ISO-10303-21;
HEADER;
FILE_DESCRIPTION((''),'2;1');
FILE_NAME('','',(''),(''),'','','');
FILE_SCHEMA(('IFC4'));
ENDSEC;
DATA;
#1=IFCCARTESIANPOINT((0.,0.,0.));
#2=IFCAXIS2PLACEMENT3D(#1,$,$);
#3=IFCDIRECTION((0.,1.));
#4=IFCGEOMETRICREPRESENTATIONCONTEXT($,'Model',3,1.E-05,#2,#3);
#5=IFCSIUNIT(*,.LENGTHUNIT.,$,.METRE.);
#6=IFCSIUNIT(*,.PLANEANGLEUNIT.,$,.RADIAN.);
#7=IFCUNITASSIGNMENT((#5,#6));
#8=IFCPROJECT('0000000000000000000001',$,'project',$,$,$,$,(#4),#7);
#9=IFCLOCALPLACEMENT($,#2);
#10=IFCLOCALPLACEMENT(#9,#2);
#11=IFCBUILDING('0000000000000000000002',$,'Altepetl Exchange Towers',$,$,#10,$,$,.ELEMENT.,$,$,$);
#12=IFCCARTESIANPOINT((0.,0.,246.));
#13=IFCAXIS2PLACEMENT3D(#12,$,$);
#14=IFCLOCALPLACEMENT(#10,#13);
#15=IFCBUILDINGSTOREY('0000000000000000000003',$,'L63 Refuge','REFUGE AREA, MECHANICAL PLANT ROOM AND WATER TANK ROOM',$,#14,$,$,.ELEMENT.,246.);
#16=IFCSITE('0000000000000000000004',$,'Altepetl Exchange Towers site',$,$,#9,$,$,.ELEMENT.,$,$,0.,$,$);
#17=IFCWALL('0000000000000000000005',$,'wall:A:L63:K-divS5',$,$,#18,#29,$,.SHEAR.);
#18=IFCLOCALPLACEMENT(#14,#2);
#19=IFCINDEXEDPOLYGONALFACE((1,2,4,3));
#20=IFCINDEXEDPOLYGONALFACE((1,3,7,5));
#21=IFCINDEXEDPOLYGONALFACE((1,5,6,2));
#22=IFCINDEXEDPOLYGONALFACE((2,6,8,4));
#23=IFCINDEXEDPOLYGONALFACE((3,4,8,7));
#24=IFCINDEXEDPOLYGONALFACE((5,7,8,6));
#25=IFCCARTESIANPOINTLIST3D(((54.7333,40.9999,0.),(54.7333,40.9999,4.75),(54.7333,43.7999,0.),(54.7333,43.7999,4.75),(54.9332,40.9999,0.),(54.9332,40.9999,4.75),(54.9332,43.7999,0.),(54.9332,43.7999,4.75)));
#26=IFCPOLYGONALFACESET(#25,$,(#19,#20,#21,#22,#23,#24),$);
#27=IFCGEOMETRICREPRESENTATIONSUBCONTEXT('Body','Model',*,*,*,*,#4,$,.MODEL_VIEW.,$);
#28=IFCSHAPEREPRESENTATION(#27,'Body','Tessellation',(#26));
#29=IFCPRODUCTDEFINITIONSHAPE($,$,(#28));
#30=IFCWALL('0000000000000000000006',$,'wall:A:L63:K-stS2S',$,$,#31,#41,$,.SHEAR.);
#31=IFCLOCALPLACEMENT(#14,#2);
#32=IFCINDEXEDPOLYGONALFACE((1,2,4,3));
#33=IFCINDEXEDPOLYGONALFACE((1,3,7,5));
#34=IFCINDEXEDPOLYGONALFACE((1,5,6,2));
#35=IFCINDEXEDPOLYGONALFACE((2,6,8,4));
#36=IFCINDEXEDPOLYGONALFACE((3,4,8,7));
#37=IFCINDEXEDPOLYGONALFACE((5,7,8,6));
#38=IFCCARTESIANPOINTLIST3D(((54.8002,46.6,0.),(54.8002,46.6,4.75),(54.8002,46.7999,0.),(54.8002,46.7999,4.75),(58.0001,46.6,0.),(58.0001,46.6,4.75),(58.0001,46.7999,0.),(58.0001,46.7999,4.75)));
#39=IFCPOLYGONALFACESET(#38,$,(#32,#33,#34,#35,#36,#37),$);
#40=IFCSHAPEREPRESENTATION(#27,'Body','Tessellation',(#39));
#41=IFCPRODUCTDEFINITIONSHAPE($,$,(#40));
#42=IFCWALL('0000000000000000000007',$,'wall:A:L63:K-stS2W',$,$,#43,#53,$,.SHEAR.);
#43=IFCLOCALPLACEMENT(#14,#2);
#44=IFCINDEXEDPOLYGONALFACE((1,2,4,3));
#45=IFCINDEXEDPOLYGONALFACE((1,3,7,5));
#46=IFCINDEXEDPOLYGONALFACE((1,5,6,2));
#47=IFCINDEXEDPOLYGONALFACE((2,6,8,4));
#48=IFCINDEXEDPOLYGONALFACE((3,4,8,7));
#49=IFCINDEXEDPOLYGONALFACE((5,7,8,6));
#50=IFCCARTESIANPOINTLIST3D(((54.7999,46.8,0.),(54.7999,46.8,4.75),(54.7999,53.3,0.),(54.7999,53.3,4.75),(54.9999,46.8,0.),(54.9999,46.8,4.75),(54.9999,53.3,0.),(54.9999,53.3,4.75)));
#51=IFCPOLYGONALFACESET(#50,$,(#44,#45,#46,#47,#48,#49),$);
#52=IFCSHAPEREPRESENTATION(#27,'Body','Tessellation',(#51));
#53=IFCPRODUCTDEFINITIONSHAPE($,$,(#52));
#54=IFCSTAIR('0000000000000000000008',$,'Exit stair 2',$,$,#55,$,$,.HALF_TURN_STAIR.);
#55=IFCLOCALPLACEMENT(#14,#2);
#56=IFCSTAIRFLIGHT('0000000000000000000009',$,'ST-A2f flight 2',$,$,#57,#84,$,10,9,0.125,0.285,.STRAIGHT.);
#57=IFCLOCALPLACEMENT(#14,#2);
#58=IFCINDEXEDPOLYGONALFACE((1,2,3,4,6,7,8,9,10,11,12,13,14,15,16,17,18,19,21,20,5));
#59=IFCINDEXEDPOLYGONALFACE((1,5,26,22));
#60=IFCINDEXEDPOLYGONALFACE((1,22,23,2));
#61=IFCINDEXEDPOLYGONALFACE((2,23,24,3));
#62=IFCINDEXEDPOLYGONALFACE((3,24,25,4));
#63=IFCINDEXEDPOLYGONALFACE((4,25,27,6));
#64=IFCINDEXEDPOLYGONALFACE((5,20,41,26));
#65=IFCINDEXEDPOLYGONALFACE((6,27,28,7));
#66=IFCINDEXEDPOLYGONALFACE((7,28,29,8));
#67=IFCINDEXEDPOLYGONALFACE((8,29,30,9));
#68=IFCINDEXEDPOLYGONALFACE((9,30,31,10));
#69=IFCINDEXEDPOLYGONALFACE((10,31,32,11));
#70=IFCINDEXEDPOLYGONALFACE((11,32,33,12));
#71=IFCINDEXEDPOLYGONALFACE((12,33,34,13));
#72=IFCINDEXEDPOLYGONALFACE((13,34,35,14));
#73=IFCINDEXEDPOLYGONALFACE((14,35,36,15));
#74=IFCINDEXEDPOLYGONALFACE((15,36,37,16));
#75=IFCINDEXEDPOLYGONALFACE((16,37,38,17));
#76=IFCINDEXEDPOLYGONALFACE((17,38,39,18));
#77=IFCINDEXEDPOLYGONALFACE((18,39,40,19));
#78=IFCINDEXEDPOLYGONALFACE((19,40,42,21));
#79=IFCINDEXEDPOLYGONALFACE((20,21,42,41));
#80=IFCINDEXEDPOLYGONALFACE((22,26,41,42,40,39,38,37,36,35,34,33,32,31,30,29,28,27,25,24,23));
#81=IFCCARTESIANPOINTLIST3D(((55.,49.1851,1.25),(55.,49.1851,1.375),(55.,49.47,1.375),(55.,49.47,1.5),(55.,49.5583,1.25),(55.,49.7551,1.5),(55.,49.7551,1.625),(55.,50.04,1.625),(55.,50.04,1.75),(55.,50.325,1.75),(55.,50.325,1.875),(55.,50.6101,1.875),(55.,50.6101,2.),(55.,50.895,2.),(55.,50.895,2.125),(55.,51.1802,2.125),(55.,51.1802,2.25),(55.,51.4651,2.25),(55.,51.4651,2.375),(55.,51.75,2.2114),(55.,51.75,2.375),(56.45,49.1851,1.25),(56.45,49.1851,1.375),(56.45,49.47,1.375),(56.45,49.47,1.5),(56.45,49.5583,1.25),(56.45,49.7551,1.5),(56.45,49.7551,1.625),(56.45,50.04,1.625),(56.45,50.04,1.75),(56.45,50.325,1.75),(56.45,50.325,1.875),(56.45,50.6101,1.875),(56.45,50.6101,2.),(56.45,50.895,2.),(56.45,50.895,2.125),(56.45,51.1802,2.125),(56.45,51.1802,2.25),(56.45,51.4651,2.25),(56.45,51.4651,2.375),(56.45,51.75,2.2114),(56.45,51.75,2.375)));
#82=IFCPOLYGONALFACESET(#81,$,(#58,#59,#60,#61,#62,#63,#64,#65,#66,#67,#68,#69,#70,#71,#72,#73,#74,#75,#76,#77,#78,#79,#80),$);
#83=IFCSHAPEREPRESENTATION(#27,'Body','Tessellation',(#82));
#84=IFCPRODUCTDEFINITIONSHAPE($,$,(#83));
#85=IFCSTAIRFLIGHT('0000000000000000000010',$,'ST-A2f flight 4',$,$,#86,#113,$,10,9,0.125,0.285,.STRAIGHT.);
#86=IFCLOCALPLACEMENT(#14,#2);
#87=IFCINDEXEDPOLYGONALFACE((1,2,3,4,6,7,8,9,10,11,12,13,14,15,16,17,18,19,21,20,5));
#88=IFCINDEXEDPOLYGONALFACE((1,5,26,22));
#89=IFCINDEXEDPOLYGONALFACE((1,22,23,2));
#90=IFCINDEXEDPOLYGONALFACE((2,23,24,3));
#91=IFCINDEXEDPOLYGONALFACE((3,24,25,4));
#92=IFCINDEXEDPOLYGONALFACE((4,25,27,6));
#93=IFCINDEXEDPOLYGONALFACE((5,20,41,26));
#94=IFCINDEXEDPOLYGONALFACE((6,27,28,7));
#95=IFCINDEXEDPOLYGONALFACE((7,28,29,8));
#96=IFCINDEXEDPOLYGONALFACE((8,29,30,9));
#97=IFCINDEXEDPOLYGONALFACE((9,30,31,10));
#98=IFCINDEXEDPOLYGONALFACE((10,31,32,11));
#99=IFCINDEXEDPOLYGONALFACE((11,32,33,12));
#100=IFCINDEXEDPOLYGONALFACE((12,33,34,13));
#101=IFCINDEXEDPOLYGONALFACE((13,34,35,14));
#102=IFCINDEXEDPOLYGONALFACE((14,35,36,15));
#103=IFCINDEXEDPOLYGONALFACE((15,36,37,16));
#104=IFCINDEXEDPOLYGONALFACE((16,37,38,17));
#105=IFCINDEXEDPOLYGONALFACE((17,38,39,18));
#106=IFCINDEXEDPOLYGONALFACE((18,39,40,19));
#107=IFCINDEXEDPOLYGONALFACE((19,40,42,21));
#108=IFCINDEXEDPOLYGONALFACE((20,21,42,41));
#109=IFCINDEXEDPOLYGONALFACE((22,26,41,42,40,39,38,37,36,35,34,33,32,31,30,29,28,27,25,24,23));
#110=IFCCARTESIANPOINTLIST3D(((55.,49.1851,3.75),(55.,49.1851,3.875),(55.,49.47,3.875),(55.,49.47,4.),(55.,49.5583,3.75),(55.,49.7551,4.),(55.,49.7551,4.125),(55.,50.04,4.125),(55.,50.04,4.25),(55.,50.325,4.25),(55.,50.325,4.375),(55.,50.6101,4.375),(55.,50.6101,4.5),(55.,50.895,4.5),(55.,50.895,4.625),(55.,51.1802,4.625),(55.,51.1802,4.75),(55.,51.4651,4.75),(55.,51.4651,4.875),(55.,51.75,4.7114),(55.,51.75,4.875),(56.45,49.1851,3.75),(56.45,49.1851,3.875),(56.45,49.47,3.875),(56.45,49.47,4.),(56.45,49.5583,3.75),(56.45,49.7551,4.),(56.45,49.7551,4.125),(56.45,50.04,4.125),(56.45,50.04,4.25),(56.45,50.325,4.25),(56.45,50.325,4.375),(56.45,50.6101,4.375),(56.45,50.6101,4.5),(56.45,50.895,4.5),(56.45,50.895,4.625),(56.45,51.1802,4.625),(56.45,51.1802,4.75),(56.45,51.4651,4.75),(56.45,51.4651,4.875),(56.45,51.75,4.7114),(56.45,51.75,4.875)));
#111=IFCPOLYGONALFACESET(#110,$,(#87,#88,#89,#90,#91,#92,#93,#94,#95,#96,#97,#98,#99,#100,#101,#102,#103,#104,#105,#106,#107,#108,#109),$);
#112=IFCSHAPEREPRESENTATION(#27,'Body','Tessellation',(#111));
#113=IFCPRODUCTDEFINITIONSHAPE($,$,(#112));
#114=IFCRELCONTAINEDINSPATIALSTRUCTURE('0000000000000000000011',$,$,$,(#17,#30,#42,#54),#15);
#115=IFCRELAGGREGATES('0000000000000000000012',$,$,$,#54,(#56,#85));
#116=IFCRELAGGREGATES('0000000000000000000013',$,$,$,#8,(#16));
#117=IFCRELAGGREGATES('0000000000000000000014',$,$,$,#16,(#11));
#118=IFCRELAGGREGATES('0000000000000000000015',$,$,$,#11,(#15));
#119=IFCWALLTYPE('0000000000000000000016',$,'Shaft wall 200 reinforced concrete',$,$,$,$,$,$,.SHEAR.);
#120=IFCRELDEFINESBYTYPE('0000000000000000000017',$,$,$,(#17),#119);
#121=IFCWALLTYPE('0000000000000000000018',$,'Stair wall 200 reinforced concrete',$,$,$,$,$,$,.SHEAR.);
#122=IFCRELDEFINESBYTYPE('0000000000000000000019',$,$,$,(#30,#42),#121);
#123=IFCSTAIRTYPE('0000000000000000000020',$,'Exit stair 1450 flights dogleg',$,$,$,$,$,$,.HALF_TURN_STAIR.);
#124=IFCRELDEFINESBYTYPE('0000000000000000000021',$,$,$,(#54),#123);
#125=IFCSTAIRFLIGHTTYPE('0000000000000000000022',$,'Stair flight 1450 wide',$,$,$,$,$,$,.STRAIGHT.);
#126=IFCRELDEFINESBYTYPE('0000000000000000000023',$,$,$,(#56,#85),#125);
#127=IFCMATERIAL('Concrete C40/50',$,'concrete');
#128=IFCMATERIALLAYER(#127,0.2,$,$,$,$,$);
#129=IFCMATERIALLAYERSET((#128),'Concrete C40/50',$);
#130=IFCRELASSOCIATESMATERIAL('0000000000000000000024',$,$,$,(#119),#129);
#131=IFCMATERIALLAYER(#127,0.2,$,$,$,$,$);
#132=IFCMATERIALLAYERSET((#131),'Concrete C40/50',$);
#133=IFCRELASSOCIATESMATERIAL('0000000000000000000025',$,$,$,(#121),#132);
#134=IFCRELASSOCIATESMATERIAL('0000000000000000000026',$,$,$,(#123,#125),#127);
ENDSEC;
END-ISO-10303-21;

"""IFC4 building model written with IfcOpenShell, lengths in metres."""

from ifc_helpers import new_model, si_unit, direction, frame, frame_2d, origin, place, context, subcontext, project, spatial, polyline, rectangle, outline, extrude, material, layer, layer_set, type_object, element, aggregate, save


model = new_model("IFC4")

# Units and contexts
model_context = context("Model", 3, precision=1e-05, world=origin(), true_north=direction((0.0, 1.0)))
body_context = subcontext(model_context, "Body", "Model", "MODEL_VIEW")
ifc_project = project(units=[si_unit("LENGTHUNIT", "METRE"), si_unit("PLANEANGLEUNIT", "RADIAN")], contexts=[model_context])

# Site, building, storey
site_placement = place(None, origin())
site = spatial("IfcSite", under=ifc_project, at=site_placement, Name="Altepetl Exchange Towers site", CompositionType="ELEMENT", RefElevation=0.0)
building_placement = place(site_placement, origin())
building = spatial("IfcBuilding", under=site, at=building_placement, Name="Altepetl Exchange Towers", CompositionType="ELEMENT")
storey_placement = place(building_placement, frame((0.0, 0.0, 246.0)))
storey = spatial("IfcBuildingStorey", under=building, at=storey_placement, Name="L63 Refuge", Description="REFUGE AREA, MECHANICAL PLANT ROOM AND WATER TANK ROOM", CompositionType="ELEMENT", Elevation=246.0)

# Walls
ifc_material_1 = material(Name="Concrete C40/50", Category="concrete")
ifc_layer_1 = layer(ifc_material_1, 0.2)
ifc_layer_set_1 = layer_set([ifc_layer_1], Name="Concrete C40/50")
wall_type_1 = type_object("IfcWallType", Name="Shaft wall 200 reinforced concrete", PredefinedType="SHEAR", material=ifc_layer_set_1)
wall_1_placement = place(storey_placement, frame((54.8333, 41.0, 0.0), z_axis=(0.0, 0.0, 1.0), x_axis=(0.0, 1.0, 0.0)))
element("IfcWall", 1, at=wall_1_placement, inside=storey, type_object=wall_type_1, Name="wall:A:L63:K-divS5", PredefinedType="SHEAR", context=body_context, shape_type="SweptSolid", body=[
    extrude(rectangle(XDim=2.8, YDim=0.2, at=frame_2d((1.3999, 0.0))), origin(), (0.0, 0.0, 1.0), 4.75),
])
ifc_layer_2 = layer(ifc_material_1, 0.2)
ifc_layer_set_2 = layer_set([ifc_layer_2], Name="Concrete C40/50")
wall_type_2 = type_object("IfcWallType", Name="Stair wall 200 reinforced concrete", PredefinedType="SHEAR", material=ifc_layer_set_2)
wall_2_placement = place(storey_placement, frame((54.8, 46.7, 0.0)))
element("IfcWall", 2, at=wall_2_placement, inside=storey, type_object=wall_type_2, Name="wall:A:L63:K-stS2S", PredefinedType="SHEAR", context=body_context, shape_type="SweptSolid", body=[
    extrude(rectangle(XDim=3.2, YDim=0.2, at=frame_2d((1.6001, 0.0))), origin(), (0.0, 0.0, 1.0), 4.75),
])
wall_3_placement = place(storey_placement, frame((54.8999, 46.8, 0.0), z_axis=(0.0, 0.0, 1.0), x_axis=(0.0, 1.0, 0.0)))
element("IfcWall", 3, at=wall_3_placement, inside=storey, type_object=wall_type_2, Name="wall:A:L63:K-stS2W", PredefinedType="SHEAR", context=body_context, shape_type="SweptSolid", body=[
    extrude(rectangle(XDim=6.5, YDim=0.2, at=frame_2d((3.25, 0.0))), origin(), (0.0, 0.0, 1.0), 4.75),
])

# Stair, stair flights
stair_type = type_object("IfcStairType", Name="Exit stair 1450 flights dogleg", PredefinedType="HALF_TURN_STAIR", material=ifc_material_1)
stair_placement = place(storey_placement, origin())
stair = element("IfcStair", 4, at=stair_placement, inside=storey, type_object=stair_type, Name="Exit stair 2", PredefinedType="HALF_TURN_STAIR")
stair_flight_type = type_object("IfcStairFlightType", Name="Stair flight 1450 wide", PredefinedType="STRAIGHT", material=ifc_material_1)
stair_flight_1_placement = place(storey_placement, frame((55.7251, 49.1851, 1.25), z_axis=(0.0, 0.0, 1.0), x_axis=(0.0, 1.0, 0.0)))
stair_flight_1 = element("IfcStairFlight", 5, at=stair_flight_1_placement, type_object=stair_flight_type, Name="ST-A2f flight 2", NumberOfRisers=10, NumberOfTreads=9, PredefinedType="STRAIGHT", RiserHeight=0.125, TreadLength=0.285, context=body_context, shape_type="SweptSolid", body=[
    extrude(outline(polyline([(0.0, 0.0), (0.0, 0.125), (0.2849, 0.125), (0.2849, 0.25), (0.5701, 0.25), (0.5701, 0.375), (0.855, 0.375), (0.855, 0.5), (1.1399, 0.5), (1.1399, 0.625), (1.425, 0.625), (1.425, 0.75), (1.71, 0.75), (1.71, 0.875), (1.9951, 0.875), (1.9951, 1.0), (2.28, 1.0), (2.28, 1.125), (2.5649, 1.125), (2.5649, 1.25), (2.5649, 0.9614), (0.3733, 0.0), (0.0, 0.0)])), frame((0.0, 0.7251, 0.0), z_axis=(0.0, -1.0, 0.0), x_axis=(1.0, 0.0, 0.0)), (0.0, 0.0, 1.0), 1.45),
])
stair_flight_2_placement = place(storey_placement, frame((55.7251, 49.1851, 3.75), z_axis=(0.0, 0.0, 1.0), x_axis=(0.0, 1.0, 0.0)))
stair_flight_2 = element("IfcStairFlight", 6, at=stair_flight_2_placement, type_object=stair_flight_type, Name="ST-A2f flight 4", NumberOfRisers=10, NumberOfTreads=9, PredefinedType="STRAIGHT", RiserHeight=0.125, TreadLength=0.285, context=body_context, shape_type="SweptSolid", body=[
    extrude(outline(polyline([(0.0, 0.0), (0.0, 0.125), (0.2849, 0.125), (0.2849, 0.25), (0.5701, 0.25), (0.5701, 0.375), (0.855, 0.375), (0.855, 0.5), (1.1399, 0.5), (1.1399, 0.625), (1.425, 0.625), (1.425, 0.75), (1.71, 0.75), (1.71, 0.875), (1.9951, 0.875), (1.9951, 1.0), (2.28, 1.0), (2.28, 1.125), (2.5649, 1.125), (2.5649, 1.25), (2.5649, 0.9614), (0.3733, 0.0), (0.0, 0.0)])), frame((0.0, 0.7251, 0.0), z_axis=(0.0, -1.0, 0.0), x_axis=(1.0, 0.0, 0.0)), (0.0, 0.0, 1.0), 1.45),
])
aggregate(stair, [stair_flight_1, stair_flight_2])

save(model, "model.ifc")
